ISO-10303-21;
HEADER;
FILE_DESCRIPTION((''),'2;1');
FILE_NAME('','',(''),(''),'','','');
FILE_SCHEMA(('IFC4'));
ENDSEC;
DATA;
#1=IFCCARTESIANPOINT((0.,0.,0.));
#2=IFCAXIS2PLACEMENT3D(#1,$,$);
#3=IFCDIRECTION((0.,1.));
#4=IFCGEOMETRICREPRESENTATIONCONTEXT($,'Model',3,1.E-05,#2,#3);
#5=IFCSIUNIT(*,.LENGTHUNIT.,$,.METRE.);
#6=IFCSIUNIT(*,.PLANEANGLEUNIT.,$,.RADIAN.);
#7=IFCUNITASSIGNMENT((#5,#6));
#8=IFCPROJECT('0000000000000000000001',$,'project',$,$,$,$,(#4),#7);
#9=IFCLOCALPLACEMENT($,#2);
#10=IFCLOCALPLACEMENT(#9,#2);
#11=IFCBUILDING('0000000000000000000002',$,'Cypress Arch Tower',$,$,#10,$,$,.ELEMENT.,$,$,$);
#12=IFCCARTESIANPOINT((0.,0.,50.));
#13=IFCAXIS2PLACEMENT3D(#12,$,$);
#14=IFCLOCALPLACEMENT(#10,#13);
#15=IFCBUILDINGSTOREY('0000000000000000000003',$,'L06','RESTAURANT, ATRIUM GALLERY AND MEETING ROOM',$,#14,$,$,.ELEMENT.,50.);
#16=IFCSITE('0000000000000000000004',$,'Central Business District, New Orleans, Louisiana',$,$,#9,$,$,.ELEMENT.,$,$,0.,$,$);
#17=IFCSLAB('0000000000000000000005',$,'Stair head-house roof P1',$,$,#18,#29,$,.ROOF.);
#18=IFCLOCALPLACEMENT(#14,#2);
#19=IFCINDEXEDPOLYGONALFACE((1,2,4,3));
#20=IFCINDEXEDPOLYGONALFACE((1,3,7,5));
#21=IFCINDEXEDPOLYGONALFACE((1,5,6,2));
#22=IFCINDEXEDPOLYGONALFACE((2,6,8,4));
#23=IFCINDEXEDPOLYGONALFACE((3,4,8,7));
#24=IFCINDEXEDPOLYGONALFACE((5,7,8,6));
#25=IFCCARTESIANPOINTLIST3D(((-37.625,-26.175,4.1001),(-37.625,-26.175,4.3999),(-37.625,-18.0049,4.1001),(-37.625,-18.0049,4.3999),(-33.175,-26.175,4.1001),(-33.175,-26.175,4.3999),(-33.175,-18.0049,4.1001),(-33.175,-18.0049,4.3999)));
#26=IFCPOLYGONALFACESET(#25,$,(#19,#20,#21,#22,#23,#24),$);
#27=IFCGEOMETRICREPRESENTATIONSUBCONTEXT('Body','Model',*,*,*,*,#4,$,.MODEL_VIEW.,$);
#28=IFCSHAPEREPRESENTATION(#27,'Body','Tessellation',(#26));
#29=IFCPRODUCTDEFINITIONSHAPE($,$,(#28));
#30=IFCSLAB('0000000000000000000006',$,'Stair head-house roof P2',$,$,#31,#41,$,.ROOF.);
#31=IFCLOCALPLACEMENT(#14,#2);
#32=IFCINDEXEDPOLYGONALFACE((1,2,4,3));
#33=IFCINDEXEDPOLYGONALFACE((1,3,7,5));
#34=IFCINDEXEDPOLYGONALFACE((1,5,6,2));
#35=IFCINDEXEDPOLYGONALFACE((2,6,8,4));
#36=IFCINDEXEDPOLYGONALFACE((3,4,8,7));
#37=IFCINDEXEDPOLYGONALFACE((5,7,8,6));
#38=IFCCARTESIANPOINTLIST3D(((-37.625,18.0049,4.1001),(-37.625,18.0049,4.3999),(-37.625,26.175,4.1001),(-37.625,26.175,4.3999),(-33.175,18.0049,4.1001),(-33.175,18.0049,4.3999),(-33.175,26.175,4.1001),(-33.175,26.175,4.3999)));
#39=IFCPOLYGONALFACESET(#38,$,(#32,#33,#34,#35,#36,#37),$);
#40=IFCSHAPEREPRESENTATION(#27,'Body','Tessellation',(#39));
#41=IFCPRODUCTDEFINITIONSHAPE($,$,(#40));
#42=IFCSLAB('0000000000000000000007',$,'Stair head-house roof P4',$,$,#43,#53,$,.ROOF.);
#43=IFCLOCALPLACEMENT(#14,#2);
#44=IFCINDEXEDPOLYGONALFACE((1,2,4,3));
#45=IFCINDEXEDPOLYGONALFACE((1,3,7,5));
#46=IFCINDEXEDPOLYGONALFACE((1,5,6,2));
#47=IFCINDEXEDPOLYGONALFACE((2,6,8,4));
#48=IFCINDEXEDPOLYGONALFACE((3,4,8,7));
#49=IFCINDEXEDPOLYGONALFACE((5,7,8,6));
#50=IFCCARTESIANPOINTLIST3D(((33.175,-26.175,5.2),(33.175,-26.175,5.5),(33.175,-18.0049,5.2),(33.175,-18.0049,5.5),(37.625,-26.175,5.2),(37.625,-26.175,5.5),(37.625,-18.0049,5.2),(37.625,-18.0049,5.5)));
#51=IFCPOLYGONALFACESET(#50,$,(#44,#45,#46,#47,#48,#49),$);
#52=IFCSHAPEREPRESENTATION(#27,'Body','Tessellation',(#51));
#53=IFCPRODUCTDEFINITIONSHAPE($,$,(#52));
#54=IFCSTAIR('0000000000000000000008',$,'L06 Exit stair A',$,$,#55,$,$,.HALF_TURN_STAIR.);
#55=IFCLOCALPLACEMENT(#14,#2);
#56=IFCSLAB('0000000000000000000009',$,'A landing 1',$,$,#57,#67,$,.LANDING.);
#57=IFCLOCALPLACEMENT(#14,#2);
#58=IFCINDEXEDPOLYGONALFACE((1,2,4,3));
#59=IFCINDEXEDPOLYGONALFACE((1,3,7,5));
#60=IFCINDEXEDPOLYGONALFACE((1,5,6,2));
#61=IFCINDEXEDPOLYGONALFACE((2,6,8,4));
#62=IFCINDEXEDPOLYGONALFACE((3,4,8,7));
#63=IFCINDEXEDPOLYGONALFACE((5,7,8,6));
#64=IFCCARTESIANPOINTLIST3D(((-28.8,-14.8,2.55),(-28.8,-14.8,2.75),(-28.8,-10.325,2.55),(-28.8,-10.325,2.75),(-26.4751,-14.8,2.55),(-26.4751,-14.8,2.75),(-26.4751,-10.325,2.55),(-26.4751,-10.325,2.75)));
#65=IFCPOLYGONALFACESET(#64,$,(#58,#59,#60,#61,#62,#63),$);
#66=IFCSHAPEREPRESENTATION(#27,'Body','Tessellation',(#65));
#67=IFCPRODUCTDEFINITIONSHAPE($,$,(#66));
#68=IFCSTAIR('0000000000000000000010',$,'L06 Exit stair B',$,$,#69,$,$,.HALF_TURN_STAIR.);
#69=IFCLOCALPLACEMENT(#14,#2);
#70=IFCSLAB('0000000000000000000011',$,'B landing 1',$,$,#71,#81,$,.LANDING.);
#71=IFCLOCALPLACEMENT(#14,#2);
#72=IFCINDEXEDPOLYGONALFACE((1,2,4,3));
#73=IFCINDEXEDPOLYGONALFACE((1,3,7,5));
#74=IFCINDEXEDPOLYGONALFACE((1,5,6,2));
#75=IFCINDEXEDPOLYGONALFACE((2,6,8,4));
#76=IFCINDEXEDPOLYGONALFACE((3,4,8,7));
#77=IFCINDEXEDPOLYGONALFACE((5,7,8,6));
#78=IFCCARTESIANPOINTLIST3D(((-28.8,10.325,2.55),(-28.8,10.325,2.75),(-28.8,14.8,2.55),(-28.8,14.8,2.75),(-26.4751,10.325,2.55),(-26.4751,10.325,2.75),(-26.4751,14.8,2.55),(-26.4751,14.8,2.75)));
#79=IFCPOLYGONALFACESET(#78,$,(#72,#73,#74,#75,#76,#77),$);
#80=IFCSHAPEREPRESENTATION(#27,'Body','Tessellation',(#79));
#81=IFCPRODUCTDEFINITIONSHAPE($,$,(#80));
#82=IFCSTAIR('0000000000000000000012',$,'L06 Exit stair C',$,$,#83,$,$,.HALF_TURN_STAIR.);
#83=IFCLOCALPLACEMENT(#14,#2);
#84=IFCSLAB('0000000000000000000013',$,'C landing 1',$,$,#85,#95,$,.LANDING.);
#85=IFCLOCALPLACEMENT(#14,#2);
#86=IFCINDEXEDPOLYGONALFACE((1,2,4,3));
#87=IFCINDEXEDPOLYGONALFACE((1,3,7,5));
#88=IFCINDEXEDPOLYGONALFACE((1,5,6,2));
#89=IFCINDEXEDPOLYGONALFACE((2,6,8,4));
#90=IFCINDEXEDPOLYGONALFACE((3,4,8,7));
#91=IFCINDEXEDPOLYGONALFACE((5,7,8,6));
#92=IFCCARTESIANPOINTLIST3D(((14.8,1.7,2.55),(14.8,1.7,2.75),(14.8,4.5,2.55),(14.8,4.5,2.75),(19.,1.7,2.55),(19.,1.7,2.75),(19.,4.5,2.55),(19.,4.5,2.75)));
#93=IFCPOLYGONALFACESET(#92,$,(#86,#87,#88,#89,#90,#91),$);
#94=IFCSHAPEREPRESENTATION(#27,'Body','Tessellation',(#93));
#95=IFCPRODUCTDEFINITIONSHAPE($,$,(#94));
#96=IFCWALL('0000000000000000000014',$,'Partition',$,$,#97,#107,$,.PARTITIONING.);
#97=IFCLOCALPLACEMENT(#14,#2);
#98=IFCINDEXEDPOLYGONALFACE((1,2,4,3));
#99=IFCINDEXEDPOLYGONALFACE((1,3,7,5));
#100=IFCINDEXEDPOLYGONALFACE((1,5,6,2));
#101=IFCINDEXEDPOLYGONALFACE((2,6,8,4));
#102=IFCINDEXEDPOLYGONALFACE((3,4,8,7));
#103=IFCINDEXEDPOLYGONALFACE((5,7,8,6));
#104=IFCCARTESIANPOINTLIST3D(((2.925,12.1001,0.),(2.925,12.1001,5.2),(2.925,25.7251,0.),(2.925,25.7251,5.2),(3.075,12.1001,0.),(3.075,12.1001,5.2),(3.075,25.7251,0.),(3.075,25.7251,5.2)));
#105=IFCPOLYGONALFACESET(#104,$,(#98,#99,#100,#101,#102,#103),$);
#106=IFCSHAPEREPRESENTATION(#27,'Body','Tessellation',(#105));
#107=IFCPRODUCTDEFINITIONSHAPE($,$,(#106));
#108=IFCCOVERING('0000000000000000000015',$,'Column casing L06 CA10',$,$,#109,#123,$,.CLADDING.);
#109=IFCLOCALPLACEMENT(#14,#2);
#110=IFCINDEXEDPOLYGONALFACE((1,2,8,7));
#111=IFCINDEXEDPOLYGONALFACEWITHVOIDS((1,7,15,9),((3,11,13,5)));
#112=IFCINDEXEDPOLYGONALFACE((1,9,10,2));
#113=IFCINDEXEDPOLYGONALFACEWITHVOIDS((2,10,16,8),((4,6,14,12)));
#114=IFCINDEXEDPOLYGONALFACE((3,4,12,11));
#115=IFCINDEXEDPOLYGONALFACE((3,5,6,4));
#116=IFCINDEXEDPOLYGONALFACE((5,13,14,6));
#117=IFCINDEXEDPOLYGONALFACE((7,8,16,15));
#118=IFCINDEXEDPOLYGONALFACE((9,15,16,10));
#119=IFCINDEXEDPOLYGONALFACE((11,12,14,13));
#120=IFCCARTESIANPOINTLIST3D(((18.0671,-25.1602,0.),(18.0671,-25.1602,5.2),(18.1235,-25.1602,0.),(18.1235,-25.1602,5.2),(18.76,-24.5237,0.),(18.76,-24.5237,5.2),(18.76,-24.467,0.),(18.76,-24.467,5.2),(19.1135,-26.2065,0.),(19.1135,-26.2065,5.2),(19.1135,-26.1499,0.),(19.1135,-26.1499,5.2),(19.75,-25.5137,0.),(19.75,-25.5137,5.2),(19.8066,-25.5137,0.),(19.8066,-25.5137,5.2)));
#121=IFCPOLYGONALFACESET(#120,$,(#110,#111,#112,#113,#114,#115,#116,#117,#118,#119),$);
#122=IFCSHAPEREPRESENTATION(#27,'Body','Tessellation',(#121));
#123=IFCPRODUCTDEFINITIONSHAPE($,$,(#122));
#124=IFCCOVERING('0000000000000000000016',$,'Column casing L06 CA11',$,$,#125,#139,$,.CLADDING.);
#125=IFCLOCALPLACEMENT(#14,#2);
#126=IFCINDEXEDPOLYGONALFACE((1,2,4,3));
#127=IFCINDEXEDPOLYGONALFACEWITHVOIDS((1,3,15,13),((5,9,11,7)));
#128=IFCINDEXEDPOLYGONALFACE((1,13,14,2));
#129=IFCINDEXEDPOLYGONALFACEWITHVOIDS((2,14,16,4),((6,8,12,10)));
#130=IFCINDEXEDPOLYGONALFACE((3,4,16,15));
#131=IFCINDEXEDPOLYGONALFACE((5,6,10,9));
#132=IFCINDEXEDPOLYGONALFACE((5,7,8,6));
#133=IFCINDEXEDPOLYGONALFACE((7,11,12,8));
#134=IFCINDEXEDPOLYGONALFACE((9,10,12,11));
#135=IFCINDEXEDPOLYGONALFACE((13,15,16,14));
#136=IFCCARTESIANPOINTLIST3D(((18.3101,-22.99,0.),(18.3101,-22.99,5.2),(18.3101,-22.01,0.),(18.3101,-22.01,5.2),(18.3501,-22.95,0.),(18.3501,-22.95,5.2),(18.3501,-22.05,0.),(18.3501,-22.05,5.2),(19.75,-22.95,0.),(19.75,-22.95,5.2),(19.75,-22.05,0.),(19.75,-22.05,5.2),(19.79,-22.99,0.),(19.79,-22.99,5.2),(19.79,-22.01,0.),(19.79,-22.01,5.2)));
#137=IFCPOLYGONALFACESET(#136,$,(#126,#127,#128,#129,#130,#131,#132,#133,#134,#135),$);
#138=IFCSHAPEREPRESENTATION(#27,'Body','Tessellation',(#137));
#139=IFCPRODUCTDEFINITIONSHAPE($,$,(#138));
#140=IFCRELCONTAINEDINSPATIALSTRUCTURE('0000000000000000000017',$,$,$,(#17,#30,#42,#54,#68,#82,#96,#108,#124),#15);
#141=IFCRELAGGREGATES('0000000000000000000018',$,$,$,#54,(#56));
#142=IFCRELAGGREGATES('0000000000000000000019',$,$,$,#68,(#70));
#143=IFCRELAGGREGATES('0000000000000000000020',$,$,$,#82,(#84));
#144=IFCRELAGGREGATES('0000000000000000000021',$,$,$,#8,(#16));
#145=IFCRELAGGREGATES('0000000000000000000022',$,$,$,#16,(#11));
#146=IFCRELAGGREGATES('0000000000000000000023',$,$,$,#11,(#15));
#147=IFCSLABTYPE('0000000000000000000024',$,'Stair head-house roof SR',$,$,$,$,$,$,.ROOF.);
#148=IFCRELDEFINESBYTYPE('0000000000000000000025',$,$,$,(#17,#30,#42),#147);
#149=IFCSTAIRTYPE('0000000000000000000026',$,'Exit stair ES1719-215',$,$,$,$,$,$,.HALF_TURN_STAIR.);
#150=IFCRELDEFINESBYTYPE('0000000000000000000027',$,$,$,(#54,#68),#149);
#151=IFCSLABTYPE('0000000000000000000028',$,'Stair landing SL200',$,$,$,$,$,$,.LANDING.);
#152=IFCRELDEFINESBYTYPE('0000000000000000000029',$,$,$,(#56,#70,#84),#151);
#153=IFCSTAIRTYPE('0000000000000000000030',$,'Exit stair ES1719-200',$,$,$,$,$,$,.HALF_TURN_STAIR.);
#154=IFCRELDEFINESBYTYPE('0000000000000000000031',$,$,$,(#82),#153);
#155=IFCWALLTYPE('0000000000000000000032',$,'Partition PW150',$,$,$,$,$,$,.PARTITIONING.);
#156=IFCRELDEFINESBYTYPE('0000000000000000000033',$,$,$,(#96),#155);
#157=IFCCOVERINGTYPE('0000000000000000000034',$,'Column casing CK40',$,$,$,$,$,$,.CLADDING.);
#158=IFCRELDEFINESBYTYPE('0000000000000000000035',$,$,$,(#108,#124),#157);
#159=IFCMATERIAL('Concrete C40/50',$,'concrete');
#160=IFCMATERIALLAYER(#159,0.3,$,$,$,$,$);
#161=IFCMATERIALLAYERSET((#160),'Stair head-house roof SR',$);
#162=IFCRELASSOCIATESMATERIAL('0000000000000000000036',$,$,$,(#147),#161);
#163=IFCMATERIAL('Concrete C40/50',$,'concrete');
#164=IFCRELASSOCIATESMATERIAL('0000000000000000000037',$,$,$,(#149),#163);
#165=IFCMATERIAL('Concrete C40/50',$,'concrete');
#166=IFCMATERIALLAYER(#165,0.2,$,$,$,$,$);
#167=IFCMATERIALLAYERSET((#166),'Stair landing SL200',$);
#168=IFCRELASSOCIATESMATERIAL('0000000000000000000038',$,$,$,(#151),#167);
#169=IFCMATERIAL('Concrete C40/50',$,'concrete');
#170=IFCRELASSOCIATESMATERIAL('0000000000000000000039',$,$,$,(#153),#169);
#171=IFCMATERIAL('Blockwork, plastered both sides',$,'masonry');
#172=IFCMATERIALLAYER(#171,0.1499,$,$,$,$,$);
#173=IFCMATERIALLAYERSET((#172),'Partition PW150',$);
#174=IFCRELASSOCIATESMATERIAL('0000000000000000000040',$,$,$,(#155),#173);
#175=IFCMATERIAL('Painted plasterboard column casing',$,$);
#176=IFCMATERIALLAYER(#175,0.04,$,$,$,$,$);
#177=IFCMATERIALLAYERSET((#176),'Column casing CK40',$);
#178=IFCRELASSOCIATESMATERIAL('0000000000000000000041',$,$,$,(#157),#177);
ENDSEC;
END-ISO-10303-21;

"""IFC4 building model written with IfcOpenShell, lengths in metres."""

from ifc_helpers import new_model, si_unit, direction, frame, frame_2d, origin, place, context, subcontext, project, spatial, polyline, rectangle, outline, extrude, material, layer, layer_set, type_object, element, aggregate, save


model = new_model("IFC4")

# Units and contexts
model_context = context("Model", 3, precision=1e-05, world=origin(), true_north=direction((0.0, 1.0)))
body_context = subcontext(model_context, "Body", "Model", "MODEL_VIEW")
ifc_project = project(units=[si_unit("LENGTHUNIT", "METRE"), si_unit("PLANEANGLEUNIT", "RADIAN")], contexts=[model_context])

# Site, building, storey
site_placement = place(None, origin())
site = spatial("IfcSite", under=ifc_project, at=site_placement, Name="Central Business District, New Orleans, Louisiana", CompositionType="ELEMENT", RefElevation=0.0)
building_placement = place(site_placement, origin())
building = spatial("IfcBuilding", under=site, at=building_placement, Name="Cypress Arch Tower", CompositionType="ELEMENT")
storey_placement = place(building_placement, frame((0.0, 0.0, 50.0)))
storey = spatial("IfcBuildingStorey", under=building, at=storey_placement, Name="L06", Description="RESTAURANT, ATRIUM GALLERY AND MEETING ROOM", CompositionType="ELEMENT", Elevation=50.0)

# Slabs
ifc_material_1 = material(Name="Concrete C40/50", Category="concrete")
ifc_layer_1 = layer(ifc_material_1, 0.3)
ifc_layer_set_1 = layer_set([ifc_layer_1], Name="Stair head-house roof SR")
slab_type_1 = type_object("IfcSlabType", Name="Stair head-house roof SR", PredefinedType="ROOF", material=ifc_layer_set_1)
slab_1_placement = place(storey_placement, frame((0.0, 0.0, 4.1001)))
element("IfcSlab", 1, at=slab_1_placement, inside=storey, type_object=slab_type_1, Name="Stair head-house roof P1", PredefinedType="ROOF", context=body_context, shape_type="SweptSolid", body=[
    extrude(outline(polyline([(-33.175, -26.175), (-33.175, -18.0049), (-37.625, -18.0049), (-37.625, -26.175), (-33.175, -26.175)])), origin(), (0.0, 0.0, 1.0), 0.2998),
])
slab_2_placement = place(storey_placement, frame((0.0, 0.0, 4.1001)))
element("IfcSlab", 2, at=slab_2_placement, inside=storey, type_object=slab_type_1, Name="Stair head-house roof P2", PredefinedType="ROOF", context=body_context, shape_type="SweptSolid", body=[
    extrude(outline(polyline([(-33.175, 18.0049), (-33.175, 26.175), (-37.625, 26.175), (-37.625, 18.0049), (-33.175, 18.0049)])), origin(), (0.0, 0.0, 1.0), 0.2998),
])
slab_3_placement = place(storey_placement, frame((0.0, 0.0, 5.2)))
element("IfcSlab", 3, at=slab_3_placement, inside=storey, type_object=slab_type_1, Name="Stair head-house roof P4", PredefinedType="ROOF", context=body_context, shape_type="SweptSolid", body=[
    extrude(outline(polyline([(37.625, -26.175), (37.625, -18.0049), (33.175, -18.0049), (33.175, -26.175), (37.625, -26.175)])), origin(), (0.0, 0.0, 1.0), 0.3),
])

# Stairs, slabs
ifc_material_2 = material(Name="Concrete C40/50", Category="concrete")
stair_type_1 = type_object("IfcStairType", Name="Exit stair ES1719-215", PredefinedType="HALF_TURN_STAIR", material=ifc_material_2)
stair_1_placement = place(storey_placement, origin())
stair_1 = element("IfcStair", 4, at=stair_1_placement, inside=storey, type_object=stair_type_1, Name="L06 Exit stair A", PredefinedType="HALF_TURN_STAIR")
ifc_material_3 = material(Name="Concrete C40/50", Category="concrete")
ifc_layer_2 = layer(ifc_material_3, 0.2)
ifc_layer_set_2 = layer_set([ifc_layer_2], Name="Stair landing SL200")
slab_type_2 = type_object("IfcSlabType", Name="Stair landing SL200", PredefinedType="LANDING", material=ifc_layer_set_2)
slab_4_placement = place(storey_placement, frame((0.0, 0.0, 2.55)))
slab_4 = element("IfcSlab", 5, at=slab_4_placement, type_object=slab_type_2, Name="A landing 1", PredefinedType="LANDING", context=body_context, shape_type="SweptSolid", body=[
    extrude(outline(polyline([(-26.4751, -10.325), (-28.8, -10.325), (-28.8, -14.8), (-26.4751, -14.8), (-26.4751, -10.325)])), origin(), (0.0, 0.0, 1.0), 0.2),
])
aggregate(stair_1, [slab_4])
stair_2_placement = place(storey_placement, origin())
stair_2 = element("IfcStair", 6, at=stair_2_placement, inside=storey, type_object=stair_type_1, Name="L06 Exit stair B", PredefinedType="HALF_TURN_STAIR")
slab_5_placement = place(storey_placement, frame((0.0, 0.0, 2.55)))
slab_5 = element("IfcSlab", 7, at=slab_5_placement, type_object=slab_type_2, Name="B landing 1", PredefinedType="LANDING", context=body_context, shape_type="SweptSolid", body=[
    extrude(outline(polyline([(-26.4751, 14.8), (-28.8, 14.8), (-28.8, 10.325), (-26.4751, 10.325), (-26.4751, 14.8)])), origin(), (0.0, 0.0, 1.0), 0.2),
])
aggregate(stair_2, [slab_5])
ifc_material_4 = material(Name="Concrete C40/50", Category="concrete")
stair_type_2 = type_object("IfcStairType", Name="Exit stair ES1719-200", PredefinedType="HALF_TURN_STAIR", material=ifc_material_4)
stair_3_placement = place(storey_placement, origin())
stair_3 = element("IfcStair", 8, at=stair_3_placement, inside=storey, type_object=stair_type_2, Name="L06 Exit stair C", PredefinedType="HALF_TURN_STAIR")
slab_6_placement = place(storey_placement, frame((0.0, 0.0, 2.55)))
slab_6 = element("IfcSlab", 9, at=slab_6_placement, type_object=slab_type_2, Name="C landing 1", PredefinedType="LANDING", context=body_context, shape_type="SweptSolid", body=[
    extrude(outline(polyline([(19.0, 1.7), (19.0, 4.5), (14.8, 4.5), (14.8, 1.7), (19.0, 1.7)])), origin(), (0.0, 0.0, 1.0), 0.2),
])
aggregate(stair_3, [slab_6])

# Wall
ifc_material_5 = material(Name="Blockwork, plastered both sides", Category="masonry")
ifc_layer_3 = layer(ifc_material_5, 0.1499)
ifc_layer_set_3 = layer_set([ifc_layer_3], Name="Partition PW150")
wall_type = type_object("IfcWallType", Name="Partition PW150", PredefinedType="PARTITIONING", material=ifc_layer_set_3)
wall_placement = place(storey_placement, frame((3.0, 12.1001, 0.0), z_axis=(0.0, 0.0, 1.0), x_axis=(0.0, 1.0, 0.0)))
element("IfcWall", 10, at=wall_placement, inside=storey, type_object=wall_type, Name="Partition", PredefinedType="PARTITIONING", context=body_context, shape_type="SweptSolid", body=[
    extrude(rectangle(XDim=13.625, YDim=0.1499, at=frame_2d((6.8125, 0.0))), origin(), (0.0, 0.0, 1.0), 5.2),
])

# Coverings
ifc_material_6 = material(Name="Painted plasterboard column casing")
ifc_layer_4 = layer(ifc_material_6, 0.04)
ifc_layer_set_4 = layer_set([ifc_layer_4], Name="Column casing CK40")
covering_type_1 = type_object("IfcCoveringType", Name="Column casing CK40", PredefinedType="CLADDING", material=ifc_layer_set_4)
covering_1_placement = place(storey_placement, origin())
element("IfcCovering", 11, at=covering_1_placement, inside=storey, type_object=covering_type_1, Name="Column casing L06 CA10", PredefinedType="CLADDING", context=body_context, shape_type="SweptSolid", body=[
    extrude(outline(polyline([(19.1135, -26.2065), (18.0671, -25.1602), (18.76, -24.467), (19.8066, -25.5137), (19.1135, -26.2065)]), holes=[polyline([(19.1135, -26.1499), (19.75, -25.5137), (18.76, -24.5237), (18.1235, -25.1602), (19.1135, -26.1499)])]), origin(), (0.0, 0.0, 1.0), 5.2),
])
covering_2_placement = place(storey_placement, origin())
element("IfcCovering", 12, at=covering_2_placement, inside=storey, type_object=covering_type_1, Name="Column casing L06 CA11", PredefinedType="CLADDING", context=body_context, shape_type="SweptSolid", body=[
    extrude(outline(polyline([(19.79, -22.99), (18.3101, -22.99), (18.3101, -22.01), (19.79, -22.01), (19.79, -22.99)]), holes=[polyline([(19.75, -22.95), (19.75, -22.05), (18.3501, -22.05), (18.3501, -22.95), (19.75, -22.95)])]), origin(), (0.0, 0.0, 1.0), 5.2),
])

save(model, "model.ifc")
